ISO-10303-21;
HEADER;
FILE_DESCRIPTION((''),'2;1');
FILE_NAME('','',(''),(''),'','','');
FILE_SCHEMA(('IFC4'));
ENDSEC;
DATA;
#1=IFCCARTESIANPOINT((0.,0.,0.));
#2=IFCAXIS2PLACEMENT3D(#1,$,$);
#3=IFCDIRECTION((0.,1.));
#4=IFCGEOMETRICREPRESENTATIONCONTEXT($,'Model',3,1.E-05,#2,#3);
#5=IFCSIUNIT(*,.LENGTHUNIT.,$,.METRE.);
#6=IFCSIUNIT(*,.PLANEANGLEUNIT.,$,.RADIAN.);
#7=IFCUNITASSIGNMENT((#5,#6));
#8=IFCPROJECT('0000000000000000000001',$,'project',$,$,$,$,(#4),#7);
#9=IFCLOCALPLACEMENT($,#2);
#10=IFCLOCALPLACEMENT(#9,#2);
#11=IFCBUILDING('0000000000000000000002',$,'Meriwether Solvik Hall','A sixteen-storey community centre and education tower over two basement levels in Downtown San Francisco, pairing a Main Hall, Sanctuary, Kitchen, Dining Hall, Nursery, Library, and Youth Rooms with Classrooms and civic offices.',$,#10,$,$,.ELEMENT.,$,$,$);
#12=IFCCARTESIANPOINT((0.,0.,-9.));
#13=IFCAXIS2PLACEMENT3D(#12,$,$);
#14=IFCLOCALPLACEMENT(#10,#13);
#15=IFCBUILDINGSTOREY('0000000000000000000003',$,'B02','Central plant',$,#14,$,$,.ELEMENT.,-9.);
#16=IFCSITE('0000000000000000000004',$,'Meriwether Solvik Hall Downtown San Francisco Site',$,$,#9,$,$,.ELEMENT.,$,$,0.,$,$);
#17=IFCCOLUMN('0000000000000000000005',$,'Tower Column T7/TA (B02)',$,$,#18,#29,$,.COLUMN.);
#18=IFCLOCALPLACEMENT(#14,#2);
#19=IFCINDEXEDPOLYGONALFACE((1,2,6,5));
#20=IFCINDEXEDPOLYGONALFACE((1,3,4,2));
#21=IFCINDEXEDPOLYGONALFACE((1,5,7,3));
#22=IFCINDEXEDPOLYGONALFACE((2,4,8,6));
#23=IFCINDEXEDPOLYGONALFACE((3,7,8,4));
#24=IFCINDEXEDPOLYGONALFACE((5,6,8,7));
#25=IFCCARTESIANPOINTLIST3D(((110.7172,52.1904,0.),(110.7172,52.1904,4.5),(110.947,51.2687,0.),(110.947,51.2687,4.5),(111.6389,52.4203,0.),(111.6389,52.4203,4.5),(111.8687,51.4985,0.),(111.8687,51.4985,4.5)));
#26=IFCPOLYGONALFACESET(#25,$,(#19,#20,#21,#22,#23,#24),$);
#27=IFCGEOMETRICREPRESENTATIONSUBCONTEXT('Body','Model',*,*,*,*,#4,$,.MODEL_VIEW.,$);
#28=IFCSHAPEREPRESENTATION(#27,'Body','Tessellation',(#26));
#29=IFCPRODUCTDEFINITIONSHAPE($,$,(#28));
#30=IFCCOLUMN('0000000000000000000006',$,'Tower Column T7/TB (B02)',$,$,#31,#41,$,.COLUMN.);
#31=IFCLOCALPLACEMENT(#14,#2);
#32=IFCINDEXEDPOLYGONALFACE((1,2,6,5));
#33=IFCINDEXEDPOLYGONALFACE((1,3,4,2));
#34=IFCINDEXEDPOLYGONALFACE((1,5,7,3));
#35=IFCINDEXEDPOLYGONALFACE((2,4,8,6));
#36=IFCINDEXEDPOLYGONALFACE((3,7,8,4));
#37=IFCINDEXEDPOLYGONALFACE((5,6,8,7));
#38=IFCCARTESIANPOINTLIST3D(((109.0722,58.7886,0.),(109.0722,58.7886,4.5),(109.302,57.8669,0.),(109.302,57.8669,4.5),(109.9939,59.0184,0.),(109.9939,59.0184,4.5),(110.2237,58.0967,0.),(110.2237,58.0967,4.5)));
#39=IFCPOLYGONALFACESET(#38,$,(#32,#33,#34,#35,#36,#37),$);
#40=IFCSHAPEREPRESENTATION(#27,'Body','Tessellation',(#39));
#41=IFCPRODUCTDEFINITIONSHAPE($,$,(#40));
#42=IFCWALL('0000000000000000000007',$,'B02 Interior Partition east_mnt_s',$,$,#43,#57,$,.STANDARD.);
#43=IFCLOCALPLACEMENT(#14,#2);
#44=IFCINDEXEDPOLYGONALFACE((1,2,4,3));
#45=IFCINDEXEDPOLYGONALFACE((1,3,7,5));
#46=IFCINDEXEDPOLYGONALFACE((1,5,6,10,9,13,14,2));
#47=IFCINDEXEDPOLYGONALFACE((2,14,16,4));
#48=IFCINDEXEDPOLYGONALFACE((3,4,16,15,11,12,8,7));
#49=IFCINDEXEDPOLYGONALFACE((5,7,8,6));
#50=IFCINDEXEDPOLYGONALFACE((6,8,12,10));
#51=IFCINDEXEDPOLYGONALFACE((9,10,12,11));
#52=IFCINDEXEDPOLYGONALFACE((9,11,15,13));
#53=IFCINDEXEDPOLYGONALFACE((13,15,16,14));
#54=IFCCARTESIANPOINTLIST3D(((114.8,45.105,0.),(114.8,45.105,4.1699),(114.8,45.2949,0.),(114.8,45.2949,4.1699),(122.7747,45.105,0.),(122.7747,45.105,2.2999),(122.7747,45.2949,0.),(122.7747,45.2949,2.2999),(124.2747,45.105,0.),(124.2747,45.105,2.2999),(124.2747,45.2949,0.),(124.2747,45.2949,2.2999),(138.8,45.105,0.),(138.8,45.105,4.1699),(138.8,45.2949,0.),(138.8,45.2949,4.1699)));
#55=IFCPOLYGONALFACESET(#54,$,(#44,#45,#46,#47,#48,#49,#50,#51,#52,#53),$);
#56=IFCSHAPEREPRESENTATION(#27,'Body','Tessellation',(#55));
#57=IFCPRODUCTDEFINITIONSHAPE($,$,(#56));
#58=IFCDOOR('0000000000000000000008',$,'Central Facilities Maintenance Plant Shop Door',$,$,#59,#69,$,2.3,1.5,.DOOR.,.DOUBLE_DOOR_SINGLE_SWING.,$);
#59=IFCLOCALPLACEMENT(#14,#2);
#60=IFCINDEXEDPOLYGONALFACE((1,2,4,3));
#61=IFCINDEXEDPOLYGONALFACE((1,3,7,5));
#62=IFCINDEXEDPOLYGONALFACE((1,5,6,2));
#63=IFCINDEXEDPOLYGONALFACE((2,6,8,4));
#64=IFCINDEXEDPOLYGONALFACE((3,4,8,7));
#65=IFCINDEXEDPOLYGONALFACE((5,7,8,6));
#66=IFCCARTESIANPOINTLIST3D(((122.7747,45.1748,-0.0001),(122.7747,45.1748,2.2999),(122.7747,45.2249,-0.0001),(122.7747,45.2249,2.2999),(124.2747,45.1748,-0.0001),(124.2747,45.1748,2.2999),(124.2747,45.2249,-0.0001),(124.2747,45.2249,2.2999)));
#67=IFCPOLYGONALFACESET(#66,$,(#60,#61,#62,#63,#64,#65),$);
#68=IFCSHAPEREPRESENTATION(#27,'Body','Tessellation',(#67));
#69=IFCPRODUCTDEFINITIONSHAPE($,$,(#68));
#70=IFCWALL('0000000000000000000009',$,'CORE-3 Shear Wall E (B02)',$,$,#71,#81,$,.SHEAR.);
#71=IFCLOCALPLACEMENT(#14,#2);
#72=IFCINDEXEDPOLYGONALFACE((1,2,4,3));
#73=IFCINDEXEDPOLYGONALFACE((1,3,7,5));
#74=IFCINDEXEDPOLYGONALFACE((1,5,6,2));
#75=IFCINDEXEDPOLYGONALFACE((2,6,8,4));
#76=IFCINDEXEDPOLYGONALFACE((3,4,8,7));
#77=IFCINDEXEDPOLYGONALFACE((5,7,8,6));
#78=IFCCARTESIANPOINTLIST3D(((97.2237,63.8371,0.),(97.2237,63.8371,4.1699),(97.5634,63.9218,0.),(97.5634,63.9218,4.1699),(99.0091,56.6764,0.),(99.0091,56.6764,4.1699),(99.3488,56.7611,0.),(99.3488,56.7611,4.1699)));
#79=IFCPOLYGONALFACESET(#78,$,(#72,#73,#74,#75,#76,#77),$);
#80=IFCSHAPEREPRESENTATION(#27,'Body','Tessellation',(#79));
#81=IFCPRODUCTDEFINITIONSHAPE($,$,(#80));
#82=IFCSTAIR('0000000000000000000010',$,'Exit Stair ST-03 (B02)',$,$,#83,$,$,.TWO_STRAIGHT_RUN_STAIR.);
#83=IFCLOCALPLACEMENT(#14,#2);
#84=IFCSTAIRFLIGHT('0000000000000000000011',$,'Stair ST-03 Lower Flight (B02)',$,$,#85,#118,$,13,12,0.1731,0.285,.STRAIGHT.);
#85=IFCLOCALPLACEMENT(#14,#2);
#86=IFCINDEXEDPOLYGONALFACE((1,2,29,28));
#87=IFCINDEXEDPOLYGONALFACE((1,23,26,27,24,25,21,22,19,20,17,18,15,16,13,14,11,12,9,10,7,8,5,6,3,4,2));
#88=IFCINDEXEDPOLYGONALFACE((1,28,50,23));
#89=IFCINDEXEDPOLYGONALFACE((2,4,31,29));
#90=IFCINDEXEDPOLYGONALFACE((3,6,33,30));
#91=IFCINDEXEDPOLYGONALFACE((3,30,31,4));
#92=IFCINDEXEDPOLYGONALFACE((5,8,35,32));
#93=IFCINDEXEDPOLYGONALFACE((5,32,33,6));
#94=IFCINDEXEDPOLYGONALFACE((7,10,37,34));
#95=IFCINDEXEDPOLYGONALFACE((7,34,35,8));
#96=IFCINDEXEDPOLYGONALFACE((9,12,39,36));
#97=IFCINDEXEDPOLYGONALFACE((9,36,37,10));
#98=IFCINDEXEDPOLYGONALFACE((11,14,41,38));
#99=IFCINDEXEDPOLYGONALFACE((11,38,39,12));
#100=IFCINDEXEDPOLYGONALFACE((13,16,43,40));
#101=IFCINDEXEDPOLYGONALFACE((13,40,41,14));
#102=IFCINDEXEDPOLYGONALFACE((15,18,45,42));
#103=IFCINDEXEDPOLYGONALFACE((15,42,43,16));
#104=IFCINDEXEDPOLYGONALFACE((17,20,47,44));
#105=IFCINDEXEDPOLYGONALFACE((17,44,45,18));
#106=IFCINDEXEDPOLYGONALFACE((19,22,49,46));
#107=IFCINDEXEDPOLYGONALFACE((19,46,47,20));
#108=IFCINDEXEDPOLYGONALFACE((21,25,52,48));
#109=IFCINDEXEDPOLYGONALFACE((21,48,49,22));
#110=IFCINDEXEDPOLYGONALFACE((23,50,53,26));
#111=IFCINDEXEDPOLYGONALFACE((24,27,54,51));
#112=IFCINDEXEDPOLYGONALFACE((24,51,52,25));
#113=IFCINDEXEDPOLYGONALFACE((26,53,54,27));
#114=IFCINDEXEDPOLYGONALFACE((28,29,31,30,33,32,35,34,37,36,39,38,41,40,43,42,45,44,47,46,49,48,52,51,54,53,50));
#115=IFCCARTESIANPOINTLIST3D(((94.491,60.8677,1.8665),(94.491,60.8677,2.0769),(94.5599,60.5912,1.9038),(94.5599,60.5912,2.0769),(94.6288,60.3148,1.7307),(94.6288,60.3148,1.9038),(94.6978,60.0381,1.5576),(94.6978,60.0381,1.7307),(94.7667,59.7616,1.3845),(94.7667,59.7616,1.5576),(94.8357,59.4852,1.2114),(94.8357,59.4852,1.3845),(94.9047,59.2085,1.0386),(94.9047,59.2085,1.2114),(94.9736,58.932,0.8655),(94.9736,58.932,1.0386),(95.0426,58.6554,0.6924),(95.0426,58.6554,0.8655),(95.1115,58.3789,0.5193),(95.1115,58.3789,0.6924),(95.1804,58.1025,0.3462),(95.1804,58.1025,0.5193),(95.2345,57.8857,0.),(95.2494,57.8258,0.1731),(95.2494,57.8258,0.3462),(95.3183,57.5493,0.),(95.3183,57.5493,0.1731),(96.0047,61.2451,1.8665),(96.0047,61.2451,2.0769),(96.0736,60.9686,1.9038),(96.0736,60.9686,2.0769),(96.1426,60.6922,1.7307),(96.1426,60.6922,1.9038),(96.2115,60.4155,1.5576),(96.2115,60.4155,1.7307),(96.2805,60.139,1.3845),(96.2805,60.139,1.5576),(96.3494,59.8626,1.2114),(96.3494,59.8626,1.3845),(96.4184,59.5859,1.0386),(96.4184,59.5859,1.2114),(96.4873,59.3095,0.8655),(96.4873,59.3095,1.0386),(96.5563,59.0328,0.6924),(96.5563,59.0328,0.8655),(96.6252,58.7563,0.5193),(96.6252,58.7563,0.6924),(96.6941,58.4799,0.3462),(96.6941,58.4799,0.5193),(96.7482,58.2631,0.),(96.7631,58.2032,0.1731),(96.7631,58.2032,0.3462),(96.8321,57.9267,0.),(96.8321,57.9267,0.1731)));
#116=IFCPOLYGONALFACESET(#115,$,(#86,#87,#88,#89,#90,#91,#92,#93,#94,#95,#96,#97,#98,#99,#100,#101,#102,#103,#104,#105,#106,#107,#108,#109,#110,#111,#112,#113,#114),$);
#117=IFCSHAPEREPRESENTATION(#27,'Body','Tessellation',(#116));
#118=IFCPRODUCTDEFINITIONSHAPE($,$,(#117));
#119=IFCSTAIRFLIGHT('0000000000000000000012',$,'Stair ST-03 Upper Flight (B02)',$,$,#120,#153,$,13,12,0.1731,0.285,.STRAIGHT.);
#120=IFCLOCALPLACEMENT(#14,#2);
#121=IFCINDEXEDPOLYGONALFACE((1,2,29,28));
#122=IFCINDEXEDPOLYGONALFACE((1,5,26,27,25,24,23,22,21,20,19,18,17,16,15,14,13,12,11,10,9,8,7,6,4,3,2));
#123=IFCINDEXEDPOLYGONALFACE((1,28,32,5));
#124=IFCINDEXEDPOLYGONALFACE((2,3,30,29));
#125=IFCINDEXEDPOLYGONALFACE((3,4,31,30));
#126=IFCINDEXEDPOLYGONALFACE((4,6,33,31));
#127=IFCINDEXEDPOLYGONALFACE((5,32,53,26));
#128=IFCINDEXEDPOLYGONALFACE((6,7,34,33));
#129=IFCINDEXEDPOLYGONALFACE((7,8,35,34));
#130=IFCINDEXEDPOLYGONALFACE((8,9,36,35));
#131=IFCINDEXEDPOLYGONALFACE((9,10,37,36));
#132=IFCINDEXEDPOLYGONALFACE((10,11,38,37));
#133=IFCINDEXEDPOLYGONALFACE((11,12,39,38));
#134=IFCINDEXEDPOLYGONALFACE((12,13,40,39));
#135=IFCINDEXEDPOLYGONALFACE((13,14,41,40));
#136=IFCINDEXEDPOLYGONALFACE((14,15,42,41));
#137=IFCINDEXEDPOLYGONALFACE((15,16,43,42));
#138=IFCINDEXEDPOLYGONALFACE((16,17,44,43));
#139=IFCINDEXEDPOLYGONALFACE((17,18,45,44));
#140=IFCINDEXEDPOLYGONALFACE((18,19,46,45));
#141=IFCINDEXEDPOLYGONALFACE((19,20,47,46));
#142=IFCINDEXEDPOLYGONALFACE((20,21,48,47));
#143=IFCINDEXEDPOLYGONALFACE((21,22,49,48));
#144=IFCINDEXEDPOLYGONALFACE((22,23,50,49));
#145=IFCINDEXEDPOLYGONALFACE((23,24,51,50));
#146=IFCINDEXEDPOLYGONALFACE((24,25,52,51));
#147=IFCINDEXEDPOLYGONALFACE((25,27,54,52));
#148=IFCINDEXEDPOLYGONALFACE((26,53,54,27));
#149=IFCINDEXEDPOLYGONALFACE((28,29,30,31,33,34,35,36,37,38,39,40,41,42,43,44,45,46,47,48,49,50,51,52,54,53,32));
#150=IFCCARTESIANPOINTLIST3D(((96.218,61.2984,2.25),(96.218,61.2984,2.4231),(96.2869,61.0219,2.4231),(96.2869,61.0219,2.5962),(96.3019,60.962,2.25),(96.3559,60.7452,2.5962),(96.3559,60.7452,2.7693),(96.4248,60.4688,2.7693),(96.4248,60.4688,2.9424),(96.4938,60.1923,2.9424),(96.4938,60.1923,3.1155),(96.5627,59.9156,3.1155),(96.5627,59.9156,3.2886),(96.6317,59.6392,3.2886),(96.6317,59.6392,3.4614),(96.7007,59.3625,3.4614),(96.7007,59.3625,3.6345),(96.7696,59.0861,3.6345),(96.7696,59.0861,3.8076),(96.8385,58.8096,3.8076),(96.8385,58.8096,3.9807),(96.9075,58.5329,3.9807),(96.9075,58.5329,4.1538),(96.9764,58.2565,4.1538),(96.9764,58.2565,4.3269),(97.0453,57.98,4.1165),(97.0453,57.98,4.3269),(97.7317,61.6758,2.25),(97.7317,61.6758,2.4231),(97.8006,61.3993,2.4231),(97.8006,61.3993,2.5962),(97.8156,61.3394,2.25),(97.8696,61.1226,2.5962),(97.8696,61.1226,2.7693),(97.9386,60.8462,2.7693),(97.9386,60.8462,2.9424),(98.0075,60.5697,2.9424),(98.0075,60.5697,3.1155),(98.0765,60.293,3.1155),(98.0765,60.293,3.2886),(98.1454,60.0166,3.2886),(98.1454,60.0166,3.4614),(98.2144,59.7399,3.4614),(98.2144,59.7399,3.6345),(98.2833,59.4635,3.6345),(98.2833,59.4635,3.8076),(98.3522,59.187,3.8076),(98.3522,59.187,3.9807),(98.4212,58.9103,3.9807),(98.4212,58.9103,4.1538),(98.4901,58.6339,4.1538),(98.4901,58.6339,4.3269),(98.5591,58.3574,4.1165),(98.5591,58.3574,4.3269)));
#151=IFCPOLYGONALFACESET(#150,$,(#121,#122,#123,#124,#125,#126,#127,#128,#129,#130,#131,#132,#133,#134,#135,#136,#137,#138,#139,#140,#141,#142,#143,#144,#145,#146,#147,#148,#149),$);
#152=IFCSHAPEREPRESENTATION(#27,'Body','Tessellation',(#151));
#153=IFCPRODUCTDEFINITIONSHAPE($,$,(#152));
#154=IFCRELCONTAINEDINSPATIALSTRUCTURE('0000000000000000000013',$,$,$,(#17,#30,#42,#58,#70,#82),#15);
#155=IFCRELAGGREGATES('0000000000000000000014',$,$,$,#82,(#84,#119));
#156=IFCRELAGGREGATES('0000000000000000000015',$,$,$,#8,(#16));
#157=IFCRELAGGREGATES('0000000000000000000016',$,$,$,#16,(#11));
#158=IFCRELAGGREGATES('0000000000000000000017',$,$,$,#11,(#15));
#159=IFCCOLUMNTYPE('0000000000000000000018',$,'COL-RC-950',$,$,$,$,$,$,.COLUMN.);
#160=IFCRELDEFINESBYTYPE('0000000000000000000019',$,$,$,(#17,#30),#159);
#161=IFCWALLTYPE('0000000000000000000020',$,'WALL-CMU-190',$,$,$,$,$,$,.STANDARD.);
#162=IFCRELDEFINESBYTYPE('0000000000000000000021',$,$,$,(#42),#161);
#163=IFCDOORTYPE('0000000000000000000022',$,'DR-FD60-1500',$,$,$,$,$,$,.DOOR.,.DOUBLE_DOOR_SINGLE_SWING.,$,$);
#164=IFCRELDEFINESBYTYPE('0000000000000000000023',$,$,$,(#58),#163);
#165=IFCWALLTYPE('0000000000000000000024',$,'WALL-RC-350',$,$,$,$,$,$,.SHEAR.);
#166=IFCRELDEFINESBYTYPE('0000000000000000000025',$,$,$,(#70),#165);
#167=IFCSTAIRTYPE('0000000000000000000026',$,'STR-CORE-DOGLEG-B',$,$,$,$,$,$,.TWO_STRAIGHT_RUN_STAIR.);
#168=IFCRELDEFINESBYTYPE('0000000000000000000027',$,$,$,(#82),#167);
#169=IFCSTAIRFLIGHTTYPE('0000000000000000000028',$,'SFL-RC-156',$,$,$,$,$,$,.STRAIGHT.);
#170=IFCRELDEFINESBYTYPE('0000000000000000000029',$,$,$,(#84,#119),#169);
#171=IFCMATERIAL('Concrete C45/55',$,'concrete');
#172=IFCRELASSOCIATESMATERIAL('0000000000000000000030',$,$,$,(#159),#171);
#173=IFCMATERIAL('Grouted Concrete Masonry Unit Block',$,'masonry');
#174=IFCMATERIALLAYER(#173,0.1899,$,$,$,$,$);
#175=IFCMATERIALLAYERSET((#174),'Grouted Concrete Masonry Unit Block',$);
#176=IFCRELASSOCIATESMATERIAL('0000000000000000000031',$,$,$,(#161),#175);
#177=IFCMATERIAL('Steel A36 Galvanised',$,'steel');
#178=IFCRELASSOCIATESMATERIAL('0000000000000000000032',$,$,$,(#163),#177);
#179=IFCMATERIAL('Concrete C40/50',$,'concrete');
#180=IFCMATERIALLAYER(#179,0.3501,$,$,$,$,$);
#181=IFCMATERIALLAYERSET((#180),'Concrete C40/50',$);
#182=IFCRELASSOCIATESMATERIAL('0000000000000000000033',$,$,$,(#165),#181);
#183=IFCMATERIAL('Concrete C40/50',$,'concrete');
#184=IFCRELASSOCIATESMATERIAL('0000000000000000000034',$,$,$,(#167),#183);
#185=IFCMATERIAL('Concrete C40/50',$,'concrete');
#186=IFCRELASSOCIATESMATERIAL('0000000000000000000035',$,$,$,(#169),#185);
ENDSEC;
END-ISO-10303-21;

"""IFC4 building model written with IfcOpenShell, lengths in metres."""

from ifc_helpers import new_model, si_unit, direction, frame, frame_2d, origin, origin_2d, place, context, subcontext, project, spatial, polyline, rectangle, outline, extrude, material, layer, layer_set, material_profile, profile_set, type_object, element, fill, aggregate, save


model = new_model("IFC4")

# Units and contexts
model_context = context("Model", 3, precision=1e-05, world=origin(), true_north=direction((0.0, 1.0)))
body_context = subcontext(model_context, "Body", "Model", "MODEL_VIEW")
ifc_project = project(units=[si_unit("LENGTHUNIT", "METRE"), si_unit("PLANEANGLEUNIT", "RADIAN")], contexts=[model_context])

# Site, building, storey
site_placement = place(None, origin())
site = spatial("IfcSite", under=ifc_project, at=site_placement, Name="Meriwether Solvik Hall Downtown San Francisco Site", CompositionType="ELEMENT", RefElevation=0.0)
building_placement = place(site_placement, origin())
building = spatial("IfcBuilding", under=site, at=building_placement, Name="Meriwether Solvik Hall", Description="A sixteen-storey community centre and education tower over two basement levels in Downtown San Francisco, pairing a Main Hall, Sanctuary, Kitchen, Dining Hall, Nursery, Library, and Youth Rooms with Classrooms and civic offices.", CompositionType="ELEMENT")
storey_placement = place(building_placement, frame((0.0, 0.0, -9.0)))
storey = spatial("IfcBuildingStorey", under=building, at=storey_placement, Name="B02", Description="Central plant", CompositionType="ELEMENT", Elevation=-9.0)

# Columns
ifc_material_1 = material(Name="Concrete C45/55", Category="concrete")
ifc_material_profile_1 = material_profile(ifc_material_1, rectangle(XDim=0.95, YDim=0.95, at=origin_2d()), Name="RCC-950X950")
ifc_profile_set_1 = profile_set([ifc_material_profile_1], Name="Concrete C45/55")
column_type_1 = type_object("IfcColumnType", Name="COL-RC-950", PredefinedType="COLUMN", material=ifc_profile_set_1)
for number, where, z_axis, x_axis, name in (
    (1, (111.293, 51.8445, 0.0), (0.0, 0.0, 1.0), (0.970296, 0.241922, 0.0), "Tower Column T7/TA (B02)"),
    (2, (109.6479, 58.4426, 0.0), (0.0, 0.0, 1.0), (0.970296, 0.241922, 0.0), "Tower Column T7/TB (B02)"),
):
    element("IfcColumn", number, at=place(storey_placement, frame(where, z_axis=z_axis, x_axis=x_axis)), inside=storey, type_object=column_type_1, Name=name, PredefinedType="COLUMN", context=body_context, shape_type="SweptSolid", body=[
        extrude(rectangle(XDim=0.95, YDim=0.95, at=origin_2d()), origin(), (0.0, 0.0, 1.0), 4.5),
    ])

# Wall, opening, door
ifc_material_2 = material(Name="Grouted Concrete Masonry Unit Block", Category="masonry")
ifc_layer_1 = layer(ifc_material_2, 0.1899)
ifc_layer_set_1 = layer_set([ifc_layer_1], Name="Grouted Concrete Masonry Unit Block")
wall_type_1 = type_object("IfcWallType", Name="WALL-CMU-190", PredefinedType="STANDARD", material=ifc_layer_set_1)
wall_1_placement = place(storey_placement, frame((114.8, 45.2, 0.0), z_axis=(0.0, 0.0, 1.0), x_axis=(1.0, 0.0, 0.0)))
wall_1 = element("IfcWall", 3, at=wall_1_placement, inside=storey, type_object=wall_type_1, Name="B02 Interior Partition east_mnt_s", PredefinedType="STANDARD", context=body_context, shape_type="SweptSolid", body=[
    extrude(rectangle(XDim=24.0, YDim=0.1899, at=frame_2d((12.0, 0.0))), origin(), (0.0, 0.0, 1.0), 4.1699),
])
opening_placement = place(wall_1_placement, frame((7.9746, 0.0, 0.0)))
opening = element("IfcOpeningElement", 4, at=opening_placement, cuts=wall_1, PredefinedType="OPENING", context=body_context, shape_type="SweptSolid", body=[
    extrude(rectangle(XDim=1.5, YDim=2.3, at=frame_2d((0.75, 1.1499))), frame((0.0, 0.1069, 0.0), z_axis=(0.0, -1.0, 0.0), x_axis=(1.0, 0.0, 0.0)), (0.0, 0.0, 1.0), 0.2139),
])
ifc_material_3 = material(Name="Steel A36 Galvanised", Category="steel")
door_type = type_object("IfcDoorType", Name="DR-FD60-1500", OperationType="DOUBLE_DOOR_SINGLE_SWING", PredefinedType="DOOR", material=ifc_material_3)
door_placement = place(opening_placement, origin())
door = element("IfcDoor", 5, at=door_placement, inside=storey, type_object=door_type, Name="Central Facilities Maintenance Plant Shop Door", OperationType="DOUBLE_DOOR_SINGLE_SWING", OverallHeight=2.3, OverallWidth=1.5, PredefinedType="DOOR", context=body_context, shape_type="SweptSolid", body=[
    extrude(rectangle(XDim=1.5, YDim=2.3, at=frame_2d((0.75, 1.1499))), frame((0.0, 0.0249, 0.0), z_axis=(0.0, -1.0, 0.0), x_axis=(1.0, 0.0, 0.0)), (0.0, 0.0, 1.0), 0.05),
])
fill(opening, door)

# Wall
ifc_material_4 = material(Name="Concrete C40/50", Category="concrete")
ifc_layer_2 = layer(ifc_material_4, 0.3501)
ifc_layer_set_2 = layer_set([ifc_layer_2], Name="Concrete C40/50")
wall_type_2 = type_object("IfcWallType", Name="WALL-RC-350", PredefinedType="SHEAR", material=ifc_layer_set_2)
wall_2_placement = place(storey_placement, frame((99.179, 56.7188, 0.0), z_axis=(0.0, 0.0, 1.0), x_axis=(-0.241928, 0.970294, 0.0)))
element("IfcWall", 6, at=wall_2_placement, inside=storey, type_object=wall_type_2, Name="CORE-3 Shear Wall E (B02)", PredefinedType="SHEAR", context=body_context, shape_type="SweptSolid", body=[
    extrude(rectangle(XDim=7.3799, YDim=0.3501, at=frame_2d((3.6899, 0.0))), origin(), (0.0, 0.0, 1.0), 4.1699),
])

# Stair, stair flights
ifc_material_5 = material(Name="Concrete C40/50", Category="concrete")
stair_type = type_object("IfcStairType", Name="STR-CORE-DOGLEG-B", PredefinedType="TWO_STRAIGHT_RUN_STAIR", material=ifc_material_5)
stair_placement = place(storey_placement, origin())
stair = element("IfcStair", 7, at=stair_placement, inside=storey, type_object=stair_type, Name="Exit Stair ST-03 (B02)", PredefinedType="TWO_STRAIGHT_RUN_STAIR")
ifc_material_6 = material(Name="Concrete C40/50", Category="concrete")
stair_flight_type = type_object("IfcStairFlightType", Name="SFL-RC-156", PredefinedType="STRAIGHT", material=ifc_material_6)
stair_flight_1_placement = place(storey_placement, frame((96.0752, 57.738, 0.0), z_axis=(0.0, 0.0, 1.0), x_axis=(-0.241922, 0.970296, 0.0)))
stair_flight_1 = element("IfcStairFlight", 8, at=stair_flight_1_placement, type_object=stair_flight_type, Name="Stair ST-03 Lower Flight (B02)", NumberOfRisers=13, NumberOfTreads=12, PredefinedType="STRAIGHT", RiserHeight=0.1731, TreadLength=0.285, context=body_context, shape_type="SweptSolid", body=[
    extrude(outline(polyline([(0.0, 0.0), (0.0, 0.1731), (0.2849, 0.1731), (0.2849, 0.3462), (0.5701, 0.3462), (0.5701, 0.5193), (0.855, 0.5193), (0.855, 0.6924), (1.1399, 0.6924), (1.1399, 0.8655), (1.425, 0.8655), (1.425, 1.0386), (1.71, 1.0386), (1.71, 1.2114), (1.9951, 1.2114), (1.9951, 1.3845), (2.28, 1.3845), (2.28, 1.5576), (2.5649, 1.5576), (2.5649, 1.7307), (2.8501, 1.7307), (2.8501, 1.9038), (3.135, 1.9038), (3.135, 2.0769), (3.4199, 2.0769), (3.4199, 2.25), (3.4199, 1.8665), (0.3467, 0.0), (0.0, 0.0)])), frame((0.0, 0.78, 0.0), z_axis=(0.0, -1.0, 0.0), x_axis=(1.0, 0.0, 0.0)), (0.0, 0.0, 1.0), 1.5601),
])
stair_flight_2_placement = place(storey_placement, frame((96.9749, 61.4871, 2.25), z_axis=(0.0, 0.0, 1.0), x_axis=(0.241922, -0.970296, 0.0)))
stair_flight_2 = element("IfcStairFlight", 9, at=stair_flight_2_placement, type_object=stair_flight_type, Name="Stair ST-03 Upper Flight (B02)", NumberOfRisers=13, NumberOfTreads=12, PredefinedType="STRAIGHT", RiserHeight=0.1731, TreadLength=0.285, context=body_context, shape_type="SweptSolid", body=[
    extrude(outline(polyline([(0.0, 0.0), (0.0, 0.1731), (0.2849, 0.1731), (0.2849, 0.3462), (0.5701, 0.3462), (0.5701, 0.5193), (0.855, 0.5193), (0.855, 0.6924), (1.1399, 0.6924), (1.1399, 0.8655), (1.425, 0.8655), (1.425, 1.0386), (1.71, 1.0386), (1.71, 1.2114), (1.9951, 1.2114), (1.9951, 1.3845), (2.28, 1.3845), (2.28, 1.5576), (2.5649, 1.5576), (2.5649, 1.7307), (2.8501, 1.7307), (2.8501, 1.9038), (3.135, 1.9038), (3.135, 2.0769), (3.4199, 2.0769), (3.4199, 2.25), (3.4199, 1.8665), (0.3467, 0.0), (0.0, 0.0)])), frame((0.0, 0.78, 0.0), z_axis=(0.0, -1.0, 0.0), x_axis=(1.0, 0.0, 0.0)), (0.0, 0.0, 1.0), 1.5601),
])
aggregate(stair, [stair_flight_1, stair_flight_2])

save(model, "model.ifc")
